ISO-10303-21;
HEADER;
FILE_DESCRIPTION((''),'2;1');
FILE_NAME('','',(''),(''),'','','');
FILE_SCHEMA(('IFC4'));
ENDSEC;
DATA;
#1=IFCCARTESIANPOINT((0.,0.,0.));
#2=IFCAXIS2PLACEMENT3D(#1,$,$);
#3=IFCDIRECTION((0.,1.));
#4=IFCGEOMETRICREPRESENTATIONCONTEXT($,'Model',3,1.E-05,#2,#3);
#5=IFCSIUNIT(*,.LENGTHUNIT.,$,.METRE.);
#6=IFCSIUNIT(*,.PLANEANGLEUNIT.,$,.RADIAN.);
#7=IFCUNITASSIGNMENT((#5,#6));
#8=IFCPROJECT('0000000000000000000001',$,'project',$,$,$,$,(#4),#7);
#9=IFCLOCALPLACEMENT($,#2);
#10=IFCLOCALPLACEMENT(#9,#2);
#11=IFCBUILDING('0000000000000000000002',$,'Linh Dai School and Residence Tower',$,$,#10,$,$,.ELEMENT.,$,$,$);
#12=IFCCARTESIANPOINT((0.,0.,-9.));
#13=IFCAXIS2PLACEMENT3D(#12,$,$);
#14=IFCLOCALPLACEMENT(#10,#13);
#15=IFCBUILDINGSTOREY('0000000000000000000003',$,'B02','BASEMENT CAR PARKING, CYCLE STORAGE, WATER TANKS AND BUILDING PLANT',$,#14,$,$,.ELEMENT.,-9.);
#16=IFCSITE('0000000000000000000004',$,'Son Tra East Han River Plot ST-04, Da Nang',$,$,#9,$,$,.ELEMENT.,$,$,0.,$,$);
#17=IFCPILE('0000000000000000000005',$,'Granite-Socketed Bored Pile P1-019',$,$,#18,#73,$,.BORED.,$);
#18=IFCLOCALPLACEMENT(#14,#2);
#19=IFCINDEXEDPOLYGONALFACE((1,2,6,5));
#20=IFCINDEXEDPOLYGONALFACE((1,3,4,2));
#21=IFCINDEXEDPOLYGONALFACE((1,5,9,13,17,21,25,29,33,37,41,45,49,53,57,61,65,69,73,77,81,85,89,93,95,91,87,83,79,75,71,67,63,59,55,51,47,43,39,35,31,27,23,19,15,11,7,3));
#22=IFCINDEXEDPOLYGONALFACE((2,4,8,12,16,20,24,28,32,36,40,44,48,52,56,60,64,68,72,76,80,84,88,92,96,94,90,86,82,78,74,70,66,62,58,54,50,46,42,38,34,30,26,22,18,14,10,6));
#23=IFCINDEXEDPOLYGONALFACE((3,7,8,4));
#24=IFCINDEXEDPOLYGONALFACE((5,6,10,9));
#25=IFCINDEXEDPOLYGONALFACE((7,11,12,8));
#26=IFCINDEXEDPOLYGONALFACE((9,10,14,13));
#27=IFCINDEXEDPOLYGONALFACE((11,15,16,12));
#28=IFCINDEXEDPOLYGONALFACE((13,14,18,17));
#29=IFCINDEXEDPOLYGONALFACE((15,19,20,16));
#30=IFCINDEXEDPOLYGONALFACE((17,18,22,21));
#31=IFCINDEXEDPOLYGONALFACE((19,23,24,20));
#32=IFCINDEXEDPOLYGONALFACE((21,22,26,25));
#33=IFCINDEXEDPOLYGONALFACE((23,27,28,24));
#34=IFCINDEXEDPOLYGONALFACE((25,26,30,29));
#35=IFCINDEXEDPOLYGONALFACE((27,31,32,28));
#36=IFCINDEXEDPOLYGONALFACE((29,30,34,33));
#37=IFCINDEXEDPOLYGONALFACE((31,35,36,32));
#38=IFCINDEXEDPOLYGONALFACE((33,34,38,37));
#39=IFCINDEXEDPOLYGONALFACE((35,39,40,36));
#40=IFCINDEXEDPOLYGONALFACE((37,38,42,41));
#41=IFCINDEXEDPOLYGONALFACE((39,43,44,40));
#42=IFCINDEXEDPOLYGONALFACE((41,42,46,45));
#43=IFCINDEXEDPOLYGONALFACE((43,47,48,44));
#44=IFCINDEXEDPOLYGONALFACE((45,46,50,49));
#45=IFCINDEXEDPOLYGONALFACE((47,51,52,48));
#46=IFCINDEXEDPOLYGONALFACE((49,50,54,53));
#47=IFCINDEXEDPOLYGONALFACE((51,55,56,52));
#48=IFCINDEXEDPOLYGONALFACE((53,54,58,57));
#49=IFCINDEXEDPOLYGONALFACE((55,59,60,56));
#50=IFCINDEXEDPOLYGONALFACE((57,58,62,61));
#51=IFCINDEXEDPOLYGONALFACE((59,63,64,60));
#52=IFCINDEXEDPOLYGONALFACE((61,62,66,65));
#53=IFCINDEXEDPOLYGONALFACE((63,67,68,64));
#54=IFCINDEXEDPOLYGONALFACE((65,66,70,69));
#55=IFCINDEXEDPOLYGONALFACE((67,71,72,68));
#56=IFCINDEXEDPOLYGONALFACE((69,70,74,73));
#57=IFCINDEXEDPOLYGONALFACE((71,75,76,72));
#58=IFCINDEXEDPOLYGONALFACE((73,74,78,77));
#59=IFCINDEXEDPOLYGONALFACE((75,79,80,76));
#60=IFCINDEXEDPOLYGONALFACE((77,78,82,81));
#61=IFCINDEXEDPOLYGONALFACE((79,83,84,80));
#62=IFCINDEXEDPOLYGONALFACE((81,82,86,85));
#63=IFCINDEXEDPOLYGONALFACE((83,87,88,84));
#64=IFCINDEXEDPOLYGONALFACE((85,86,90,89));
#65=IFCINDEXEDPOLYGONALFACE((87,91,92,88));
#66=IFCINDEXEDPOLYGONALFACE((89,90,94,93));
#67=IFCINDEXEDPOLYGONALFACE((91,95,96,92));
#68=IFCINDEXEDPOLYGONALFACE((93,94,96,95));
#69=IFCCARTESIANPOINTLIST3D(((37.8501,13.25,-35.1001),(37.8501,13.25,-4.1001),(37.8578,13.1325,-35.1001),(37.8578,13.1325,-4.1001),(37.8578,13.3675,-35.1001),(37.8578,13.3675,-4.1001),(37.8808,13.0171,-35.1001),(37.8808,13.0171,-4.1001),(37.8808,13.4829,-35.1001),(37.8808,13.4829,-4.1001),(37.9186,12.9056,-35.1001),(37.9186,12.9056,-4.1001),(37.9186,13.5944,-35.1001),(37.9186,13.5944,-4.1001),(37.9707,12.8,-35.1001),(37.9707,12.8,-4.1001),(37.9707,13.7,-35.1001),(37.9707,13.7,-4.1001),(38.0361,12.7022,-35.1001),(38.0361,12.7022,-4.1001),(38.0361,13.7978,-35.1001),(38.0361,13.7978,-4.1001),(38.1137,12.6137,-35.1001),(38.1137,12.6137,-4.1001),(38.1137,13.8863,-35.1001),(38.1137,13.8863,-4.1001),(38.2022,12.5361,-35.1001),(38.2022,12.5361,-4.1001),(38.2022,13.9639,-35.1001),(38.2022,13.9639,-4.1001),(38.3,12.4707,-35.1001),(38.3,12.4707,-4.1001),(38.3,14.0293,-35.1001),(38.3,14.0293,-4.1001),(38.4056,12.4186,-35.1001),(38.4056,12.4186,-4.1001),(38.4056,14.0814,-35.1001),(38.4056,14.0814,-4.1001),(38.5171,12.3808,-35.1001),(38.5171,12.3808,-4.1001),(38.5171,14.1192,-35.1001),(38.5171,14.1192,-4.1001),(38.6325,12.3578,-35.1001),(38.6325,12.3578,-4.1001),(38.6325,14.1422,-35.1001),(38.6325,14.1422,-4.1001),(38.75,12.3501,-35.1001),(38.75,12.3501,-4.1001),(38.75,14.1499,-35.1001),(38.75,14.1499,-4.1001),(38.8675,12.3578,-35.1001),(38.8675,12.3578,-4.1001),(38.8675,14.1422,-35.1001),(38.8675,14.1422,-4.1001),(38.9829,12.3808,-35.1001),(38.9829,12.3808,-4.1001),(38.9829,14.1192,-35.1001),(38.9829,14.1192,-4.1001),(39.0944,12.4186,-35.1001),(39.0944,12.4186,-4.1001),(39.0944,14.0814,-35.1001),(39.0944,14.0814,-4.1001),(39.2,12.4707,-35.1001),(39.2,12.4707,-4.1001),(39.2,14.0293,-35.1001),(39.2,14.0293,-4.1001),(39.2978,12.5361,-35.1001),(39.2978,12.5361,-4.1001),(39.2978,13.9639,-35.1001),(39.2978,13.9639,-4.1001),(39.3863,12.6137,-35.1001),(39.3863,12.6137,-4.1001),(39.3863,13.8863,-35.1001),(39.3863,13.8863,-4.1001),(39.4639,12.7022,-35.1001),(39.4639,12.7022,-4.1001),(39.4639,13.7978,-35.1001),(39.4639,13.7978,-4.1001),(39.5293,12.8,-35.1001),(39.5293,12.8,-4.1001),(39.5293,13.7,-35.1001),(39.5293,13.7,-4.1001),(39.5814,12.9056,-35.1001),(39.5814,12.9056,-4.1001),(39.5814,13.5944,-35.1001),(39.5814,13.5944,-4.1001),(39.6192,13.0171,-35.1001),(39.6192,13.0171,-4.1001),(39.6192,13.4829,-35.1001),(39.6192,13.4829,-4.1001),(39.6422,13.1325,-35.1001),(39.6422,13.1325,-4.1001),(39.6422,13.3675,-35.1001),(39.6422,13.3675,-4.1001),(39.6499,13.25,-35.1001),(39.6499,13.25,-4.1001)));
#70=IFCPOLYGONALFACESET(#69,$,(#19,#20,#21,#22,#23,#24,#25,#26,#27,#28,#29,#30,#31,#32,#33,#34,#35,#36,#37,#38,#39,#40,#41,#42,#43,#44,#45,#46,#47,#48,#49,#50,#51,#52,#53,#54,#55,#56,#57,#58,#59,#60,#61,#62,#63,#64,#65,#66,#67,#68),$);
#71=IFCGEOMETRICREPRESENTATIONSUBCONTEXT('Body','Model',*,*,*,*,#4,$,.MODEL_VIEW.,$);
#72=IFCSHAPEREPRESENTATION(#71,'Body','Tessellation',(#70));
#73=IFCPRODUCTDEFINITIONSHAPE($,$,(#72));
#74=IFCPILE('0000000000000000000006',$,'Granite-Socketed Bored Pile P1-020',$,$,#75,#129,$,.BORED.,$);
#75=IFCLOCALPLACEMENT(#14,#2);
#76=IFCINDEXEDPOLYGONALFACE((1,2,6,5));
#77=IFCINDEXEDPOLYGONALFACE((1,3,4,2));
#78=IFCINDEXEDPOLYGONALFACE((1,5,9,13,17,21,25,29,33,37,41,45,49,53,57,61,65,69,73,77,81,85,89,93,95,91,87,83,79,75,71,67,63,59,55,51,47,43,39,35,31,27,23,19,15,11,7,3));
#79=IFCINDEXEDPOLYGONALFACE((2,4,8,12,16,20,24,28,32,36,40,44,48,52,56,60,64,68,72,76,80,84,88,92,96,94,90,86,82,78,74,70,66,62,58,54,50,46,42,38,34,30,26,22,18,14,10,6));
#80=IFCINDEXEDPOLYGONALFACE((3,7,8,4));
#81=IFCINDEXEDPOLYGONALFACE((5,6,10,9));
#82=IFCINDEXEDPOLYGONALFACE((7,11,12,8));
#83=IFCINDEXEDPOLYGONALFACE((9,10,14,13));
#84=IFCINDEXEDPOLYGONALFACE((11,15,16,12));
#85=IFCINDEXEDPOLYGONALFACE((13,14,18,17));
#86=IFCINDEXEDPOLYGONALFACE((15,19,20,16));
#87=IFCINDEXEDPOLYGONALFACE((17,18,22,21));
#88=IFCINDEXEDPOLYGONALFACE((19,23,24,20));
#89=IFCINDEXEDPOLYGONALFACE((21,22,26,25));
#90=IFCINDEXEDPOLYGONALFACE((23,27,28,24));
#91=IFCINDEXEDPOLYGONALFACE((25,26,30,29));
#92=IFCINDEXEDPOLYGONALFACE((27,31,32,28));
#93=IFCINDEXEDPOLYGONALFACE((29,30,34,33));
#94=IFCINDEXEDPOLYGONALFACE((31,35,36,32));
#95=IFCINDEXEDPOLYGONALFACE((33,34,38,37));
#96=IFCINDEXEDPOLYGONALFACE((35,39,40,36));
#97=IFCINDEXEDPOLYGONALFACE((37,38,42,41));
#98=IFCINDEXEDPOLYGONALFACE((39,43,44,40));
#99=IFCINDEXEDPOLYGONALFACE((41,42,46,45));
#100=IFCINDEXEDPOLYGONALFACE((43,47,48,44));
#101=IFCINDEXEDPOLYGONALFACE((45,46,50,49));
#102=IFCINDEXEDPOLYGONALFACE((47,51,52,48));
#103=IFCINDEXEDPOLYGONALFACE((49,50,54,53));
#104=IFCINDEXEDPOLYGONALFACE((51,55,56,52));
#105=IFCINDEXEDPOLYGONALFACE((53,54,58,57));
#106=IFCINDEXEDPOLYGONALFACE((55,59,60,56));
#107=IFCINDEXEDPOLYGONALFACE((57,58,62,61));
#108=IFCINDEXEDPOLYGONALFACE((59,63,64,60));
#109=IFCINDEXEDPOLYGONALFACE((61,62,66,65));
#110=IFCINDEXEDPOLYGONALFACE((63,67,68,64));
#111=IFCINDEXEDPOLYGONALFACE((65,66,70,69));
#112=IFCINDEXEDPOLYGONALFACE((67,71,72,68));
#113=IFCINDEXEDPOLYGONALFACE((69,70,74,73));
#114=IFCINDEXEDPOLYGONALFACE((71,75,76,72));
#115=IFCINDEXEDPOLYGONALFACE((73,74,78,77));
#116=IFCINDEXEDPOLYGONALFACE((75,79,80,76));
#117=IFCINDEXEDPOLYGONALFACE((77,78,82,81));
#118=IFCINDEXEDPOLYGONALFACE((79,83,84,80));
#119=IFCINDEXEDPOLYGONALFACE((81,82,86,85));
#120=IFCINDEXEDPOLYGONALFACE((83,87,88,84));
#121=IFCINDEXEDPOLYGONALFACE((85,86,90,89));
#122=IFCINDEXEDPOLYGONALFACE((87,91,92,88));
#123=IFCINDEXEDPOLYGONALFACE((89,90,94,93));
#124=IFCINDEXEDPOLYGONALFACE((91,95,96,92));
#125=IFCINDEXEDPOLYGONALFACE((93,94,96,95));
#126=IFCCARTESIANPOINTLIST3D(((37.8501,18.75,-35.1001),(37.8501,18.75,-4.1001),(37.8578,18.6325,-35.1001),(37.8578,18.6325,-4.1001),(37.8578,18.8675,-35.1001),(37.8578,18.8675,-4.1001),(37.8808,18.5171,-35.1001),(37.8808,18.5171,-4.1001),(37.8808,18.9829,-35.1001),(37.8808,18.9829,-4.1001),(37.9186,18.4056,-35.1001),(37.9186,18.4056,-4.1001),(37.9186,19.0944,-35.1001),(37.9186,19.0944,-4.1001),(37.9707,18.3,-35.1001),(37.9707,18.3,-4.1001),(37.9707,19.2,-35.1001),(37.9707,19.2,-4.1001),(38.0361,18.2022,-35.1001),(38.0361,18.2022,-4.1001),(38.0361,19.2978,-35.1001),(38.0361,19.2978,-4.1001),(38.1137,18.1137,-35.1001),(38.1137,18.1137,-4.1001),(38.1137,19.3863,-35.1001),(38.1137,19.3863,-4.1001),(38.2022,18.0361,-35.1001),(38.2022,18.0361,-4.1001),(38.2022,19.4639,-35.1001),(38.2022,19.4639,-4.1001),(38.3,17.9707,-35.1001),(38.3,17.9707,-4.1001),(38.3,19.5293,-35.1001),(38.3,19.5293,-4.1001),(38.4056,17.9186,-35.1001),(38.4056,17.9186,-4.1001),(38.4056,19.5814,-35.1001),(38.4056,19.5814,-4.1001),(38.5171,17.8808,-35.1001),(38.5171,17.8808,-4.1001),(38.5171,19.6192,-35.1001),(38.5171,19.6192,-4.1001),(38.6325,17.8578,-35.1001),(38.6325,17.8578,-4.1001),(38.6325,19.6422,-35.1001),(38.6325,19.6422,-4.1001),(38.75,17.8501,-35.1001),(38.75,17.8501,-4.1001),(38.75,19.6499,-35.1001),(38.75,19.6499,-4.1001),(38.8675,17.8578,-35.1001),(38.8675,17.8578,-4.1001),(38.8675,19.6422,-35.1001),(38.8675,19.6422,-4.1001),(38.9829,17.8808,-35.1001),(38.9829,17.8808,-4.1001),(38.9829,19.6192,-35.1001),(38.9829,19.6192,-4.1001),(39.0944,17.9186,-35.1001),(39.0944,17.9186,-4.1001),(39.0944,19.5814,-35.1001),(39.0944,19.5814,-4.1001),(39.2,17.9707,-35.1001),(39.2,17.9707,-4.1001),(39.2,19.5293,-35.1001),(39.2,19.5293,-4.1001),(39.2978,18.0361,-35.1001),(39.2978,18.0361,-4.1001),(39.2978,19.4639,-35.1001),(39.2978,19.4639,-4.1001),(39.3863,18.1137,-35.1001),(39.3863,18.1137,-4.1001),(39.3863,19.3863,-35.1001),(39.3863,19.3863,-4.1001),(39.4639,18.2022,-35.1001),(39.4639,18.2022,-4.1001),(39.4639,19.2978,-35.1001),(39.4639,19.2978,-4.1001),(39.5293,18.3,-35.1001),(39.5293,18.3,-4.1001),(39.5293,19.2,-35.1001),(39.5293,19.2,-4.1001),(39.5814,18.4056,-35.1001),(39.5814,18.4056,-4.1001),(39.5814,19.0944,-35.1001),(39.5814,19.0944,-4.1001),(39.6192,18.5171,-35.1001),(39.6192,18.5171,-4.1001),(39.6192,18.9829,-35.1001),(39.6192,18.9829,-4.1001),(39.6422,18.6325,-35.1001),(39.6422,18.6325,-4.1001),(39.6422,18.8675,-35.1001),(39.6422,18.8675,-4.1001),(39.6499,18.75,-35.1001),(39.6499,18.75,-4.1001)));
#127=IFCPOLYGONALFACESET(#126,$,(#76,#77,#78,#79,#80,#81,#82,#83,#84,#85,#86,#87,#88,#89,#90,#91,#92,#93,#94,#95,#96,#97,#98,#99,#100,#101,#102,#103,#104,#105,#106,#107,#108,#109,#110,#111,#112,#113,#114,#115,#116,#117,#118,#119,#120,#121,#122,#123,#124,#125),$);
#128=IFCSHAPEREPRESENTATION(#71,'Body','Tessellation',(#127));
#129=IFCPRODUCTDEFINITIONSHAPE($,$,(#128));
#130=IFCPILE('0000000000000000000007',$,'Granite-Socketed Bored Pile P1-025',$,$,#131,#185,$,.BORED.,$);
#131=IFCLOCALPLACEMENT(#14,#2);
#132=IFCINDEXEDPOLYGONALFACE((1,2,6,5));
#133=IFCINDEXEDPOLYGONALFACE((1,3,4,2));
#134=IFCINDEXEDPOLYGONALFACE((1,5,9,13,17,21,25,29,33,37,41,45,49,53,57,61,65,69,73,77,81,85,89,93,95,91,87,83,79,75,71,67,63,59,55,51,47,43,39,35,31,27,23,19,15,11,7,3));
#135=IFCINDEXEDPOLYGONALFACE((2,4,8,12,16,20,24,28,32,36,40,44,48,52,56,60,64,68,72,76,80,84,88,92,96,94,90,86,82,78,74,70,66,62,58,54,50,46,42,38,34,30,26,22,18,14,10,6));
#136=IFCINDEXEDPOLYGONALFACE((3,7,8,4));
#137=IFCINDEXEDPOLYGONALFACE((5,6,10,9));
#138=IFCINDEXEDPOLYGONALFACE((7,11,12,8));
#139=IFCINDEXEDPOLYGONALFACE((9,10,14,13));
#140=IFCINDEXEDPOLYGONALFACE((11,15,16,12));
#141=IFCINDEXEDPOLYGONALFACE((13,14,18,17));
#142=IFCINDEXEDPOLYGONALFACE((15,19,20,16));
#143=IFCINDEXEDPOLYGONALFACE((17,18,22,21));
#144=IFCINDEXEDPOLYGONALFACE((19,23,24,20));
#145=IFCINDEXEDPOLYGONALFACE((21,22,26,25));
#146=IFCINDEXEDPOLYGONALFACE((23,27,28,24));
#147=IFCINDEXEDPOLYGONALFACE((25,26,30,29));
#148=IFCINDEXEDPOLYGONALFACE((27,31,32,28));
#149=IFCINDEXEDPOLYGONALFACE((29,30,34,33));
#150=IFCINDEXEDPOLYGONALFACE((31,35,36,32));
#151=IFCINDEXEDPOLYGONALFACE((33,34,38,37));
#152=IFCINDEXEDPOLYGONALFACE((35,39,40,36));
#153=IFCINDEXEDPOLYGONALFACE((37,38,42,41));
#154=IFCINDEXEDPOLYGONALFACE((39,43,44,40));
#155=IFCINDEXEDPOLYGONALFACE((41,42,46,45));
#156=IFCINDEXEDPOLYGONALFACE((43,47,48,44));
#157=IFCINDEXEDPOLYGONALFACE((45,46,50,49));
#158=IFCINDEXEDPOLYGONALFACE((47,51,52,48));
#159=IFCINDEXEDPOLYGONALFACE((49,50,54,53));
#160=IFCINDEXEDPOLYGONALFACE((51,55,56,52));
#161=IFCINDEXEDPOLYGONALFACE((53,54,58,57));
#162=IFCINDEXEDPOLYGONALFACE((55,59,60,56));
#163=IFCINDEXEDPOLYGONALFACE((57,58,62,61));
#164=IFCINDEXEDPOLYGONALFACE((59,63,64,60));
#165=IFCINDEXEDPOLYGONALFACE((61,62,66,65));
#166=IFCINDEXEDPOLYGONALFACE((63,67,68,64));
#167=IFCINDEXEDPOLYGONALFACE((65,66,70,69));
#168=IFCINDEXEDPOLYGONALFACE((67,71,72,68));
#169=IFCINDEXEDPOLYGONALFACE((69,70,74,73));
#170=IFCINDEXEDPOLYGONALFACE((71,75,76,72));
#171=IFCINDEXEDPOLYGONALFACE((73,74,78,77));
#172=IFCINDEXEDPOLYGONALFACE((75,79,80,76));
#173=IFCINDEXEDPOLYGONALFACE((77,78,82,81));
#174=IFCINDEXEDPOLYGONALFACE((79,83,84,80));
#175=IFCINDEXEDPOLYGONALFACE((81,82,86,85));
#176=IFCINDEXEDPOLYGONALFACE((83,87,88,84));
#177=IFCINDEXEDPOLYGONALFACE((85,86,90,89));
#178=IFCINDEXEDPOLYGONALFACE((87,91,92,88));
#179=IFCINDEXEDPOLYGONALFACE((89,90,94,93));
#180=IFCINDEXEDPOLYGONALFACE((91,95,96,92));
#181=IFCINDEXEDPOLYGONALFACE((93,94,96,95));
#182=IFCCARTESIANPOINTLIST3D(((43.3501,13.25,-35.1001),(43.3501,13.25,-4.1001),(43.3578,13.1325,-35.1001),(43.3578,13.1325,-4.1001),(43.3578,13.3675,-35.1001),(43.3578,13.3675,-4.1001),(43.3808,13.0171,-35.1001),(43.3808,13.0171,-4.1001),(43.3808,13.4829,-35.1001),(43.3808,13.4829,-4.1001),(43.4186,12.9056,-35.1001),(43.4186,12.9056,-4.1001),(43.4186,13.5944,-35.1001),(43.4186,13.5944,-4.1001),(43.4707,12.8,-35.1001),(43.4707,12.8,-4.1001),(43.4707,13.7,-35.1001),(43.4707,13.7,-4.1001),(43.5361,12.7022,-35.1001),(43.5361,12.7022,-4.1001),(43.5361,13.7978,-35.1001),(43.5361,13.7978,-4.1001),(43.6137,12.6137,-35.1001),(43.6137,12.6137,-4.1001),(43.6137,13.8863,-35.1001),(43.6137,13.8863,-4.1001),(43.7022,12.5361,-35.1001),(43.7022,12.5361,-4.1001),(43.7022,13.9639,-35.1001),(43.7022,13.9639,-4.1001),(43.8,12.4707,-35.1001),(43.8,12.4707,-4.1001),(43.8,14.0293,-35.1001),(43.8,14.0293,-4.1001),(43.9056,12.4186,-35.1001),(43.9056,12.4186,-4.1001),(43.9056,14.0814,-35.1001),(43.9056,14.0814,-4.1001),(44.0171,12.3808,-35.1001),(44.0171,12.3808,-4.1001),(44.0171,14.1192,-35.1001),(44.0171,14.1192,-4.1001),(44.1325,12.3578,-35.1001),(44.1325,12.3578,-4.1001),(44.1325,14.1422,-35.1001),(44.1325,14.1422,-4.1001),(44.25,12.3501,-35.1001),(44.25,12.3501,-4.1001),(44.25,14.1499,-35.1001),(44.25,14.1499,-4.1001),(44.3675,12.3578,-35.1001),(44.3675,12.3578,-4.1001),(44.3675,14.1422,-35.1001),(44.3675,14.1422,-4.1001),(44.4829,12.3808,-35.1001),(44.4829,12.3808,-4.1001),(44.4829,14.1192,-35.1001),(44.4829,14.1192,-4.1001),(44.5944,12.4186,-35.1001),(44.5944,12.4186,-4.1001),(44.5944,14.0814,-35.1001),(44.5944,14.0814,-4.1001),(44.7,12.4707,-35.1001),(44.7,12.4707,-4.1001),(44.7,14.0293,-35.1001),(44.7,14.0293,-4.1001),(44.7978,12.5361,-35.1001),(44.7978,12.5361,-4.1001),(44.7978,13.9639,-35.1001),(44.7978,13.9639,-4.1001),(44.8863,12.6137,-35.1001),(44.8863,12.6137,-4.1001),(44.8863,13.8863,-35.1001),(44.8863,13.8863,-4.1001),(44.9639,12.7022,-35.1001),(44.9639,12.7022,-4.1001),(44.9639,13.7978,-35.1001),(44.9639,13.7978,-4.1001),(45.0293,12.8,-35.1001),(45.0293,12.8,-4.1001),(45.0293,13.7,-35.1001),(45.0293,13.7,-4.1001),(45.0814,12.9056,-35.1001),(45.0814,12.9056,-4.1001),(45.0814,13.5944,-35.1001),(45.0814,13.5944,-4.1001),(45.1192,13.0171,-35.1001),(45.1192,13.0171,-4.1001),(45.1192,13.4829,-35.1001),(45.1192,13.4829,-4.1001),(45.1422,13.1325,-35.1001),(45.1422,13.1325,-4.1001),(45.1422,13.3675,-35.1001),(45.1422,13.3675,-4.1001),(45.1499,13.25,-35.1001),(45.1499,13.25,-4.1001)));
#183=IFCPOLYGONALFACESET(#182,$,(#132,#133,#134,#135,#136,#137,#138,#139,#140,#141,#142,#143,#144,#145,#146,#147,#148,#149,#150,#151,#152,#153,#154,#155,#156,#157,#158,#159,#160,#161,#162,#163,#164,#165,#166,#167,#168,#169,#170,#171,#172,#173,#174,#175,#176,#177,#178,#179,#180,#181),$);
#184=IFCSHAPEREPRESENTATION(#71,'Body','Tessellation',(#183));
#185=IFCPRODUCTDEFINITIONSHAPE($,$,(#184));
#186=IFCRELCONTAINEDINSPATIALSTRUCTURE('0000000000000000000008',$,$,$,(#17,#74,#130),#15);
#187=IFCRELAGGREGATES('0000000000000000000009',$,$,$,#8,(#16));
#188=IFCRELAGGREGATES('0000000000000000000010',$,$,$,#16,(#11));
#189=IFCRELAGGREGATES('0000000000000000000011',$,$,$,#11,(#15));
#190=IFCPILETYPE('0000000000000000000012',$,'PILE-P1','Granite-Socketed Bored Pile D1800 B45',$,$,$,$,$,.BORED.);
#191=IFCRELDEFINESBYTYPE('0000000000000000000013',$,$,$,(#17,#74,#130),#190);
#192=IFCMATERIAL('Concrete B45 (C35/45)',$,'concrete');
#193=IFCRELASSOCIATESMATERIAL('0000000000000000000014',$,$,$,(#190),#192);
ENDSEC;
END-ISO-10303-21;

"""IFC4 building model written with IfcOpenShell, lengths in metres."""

from ifc_helpers import new_model, si_unit, direction, frame, origin, origin_2d, place, context, subcontext, project, spatial, circle, extrude, material, material_profile, profile_set, type_object, element, save


model = new_model("IFC4")

# Units and contexts
model_context = context("Model", 3, precision=1e-05, world=origin(), true_north=direction((0.0, 1.0)))
body_context = subcontext(model_context, "Body", "Model", "MODEL_VIEW")
ifc_project = project(units=[si_unit("LENGTHUNIT", "METRE"), si_unit("PLANEANGLEUNIT", "RADIAN")], contexts=[model_context])

# Site, building, storey
site_placement = place(None, origin())
site = spatial("IfcSite", under=ifc_project, at=site_placement, Name="Son Tra East Han River Plot ST-04, Da Nang", CompositionType="ELEMENT", RefElevation=0.0)
building_placement = place(site_placement, origin())
building = spatial("IfcBuilding", under=site, at=building_placement, Name="Linh Dai School and Residence Tower", CompositionType="ELEMENT")
storey_placement = place(building_placement, frame((0.0, 0.0, -9.0)))
storey = spatial("IfcBuildingStorey", under=building, at=storey_placement, Name="B02", Description="BASEMENT CAR PARKING, CYCLE STORAGE, WATER TANKS AND BUILDING PLANT", CompositionType="ELEMENT", Elevation=-9.0)

# Piles
ifc_material_1 = material(Name="Concrete B45 (C35/45)", Category="concrete")
ifc_material_profile_1 = material_profile(ifc_material_1, circle(Radius=0.8999, at=origin_2d()), Name="PILE D1800")
ifc_profile_set_1 = profile_set([ifc_material_profile_1], Name="Concrete B45 (C35/45)")
pile_type_1 = type_object("IfcPileType", Name="PILE-P1", Description="Granite-Socketed Bored Pile D1800 B45", PredefinedType="BORED", material=ifc_profile_set_1)
for number, where, z_axis, x_axis, name in (
    (1, (38.75, 13.25, -4.1001), (0.0, 0.0, -1.0), (1.0, 0.0, 0.0), "Granite-Socketed Bored Pile P1-019"),
    (2, (38.75, 18.75, -4.1001), (0.0, 0.0, -1.0), (1.0, 0.0, 0.0), "Granite-Socketed Bored Pile P1-020"),
    (3, (44.25, 13.25, -4.1001), (0.0, 0.0, -1.0), (1.0, 0.0, 0.0), "Granite-Socketed Bored Pile P1-025"),
):
    element("IfcPile", number, at=place(storey_placement, frame(where, z_axis=z_axis, x_axis=x_axis)), inside=storey, type_object=pile_type_1, Name=name, PredefinedType="BORED", context=body_context, shape_type="SweptSolid", body=[
        extrude(circle(Radius=0.8999, at=origin_2d()), origin(), (0.0, 0.0, 1.0), 31.0),
    ])

save(model, "model.ifc")
